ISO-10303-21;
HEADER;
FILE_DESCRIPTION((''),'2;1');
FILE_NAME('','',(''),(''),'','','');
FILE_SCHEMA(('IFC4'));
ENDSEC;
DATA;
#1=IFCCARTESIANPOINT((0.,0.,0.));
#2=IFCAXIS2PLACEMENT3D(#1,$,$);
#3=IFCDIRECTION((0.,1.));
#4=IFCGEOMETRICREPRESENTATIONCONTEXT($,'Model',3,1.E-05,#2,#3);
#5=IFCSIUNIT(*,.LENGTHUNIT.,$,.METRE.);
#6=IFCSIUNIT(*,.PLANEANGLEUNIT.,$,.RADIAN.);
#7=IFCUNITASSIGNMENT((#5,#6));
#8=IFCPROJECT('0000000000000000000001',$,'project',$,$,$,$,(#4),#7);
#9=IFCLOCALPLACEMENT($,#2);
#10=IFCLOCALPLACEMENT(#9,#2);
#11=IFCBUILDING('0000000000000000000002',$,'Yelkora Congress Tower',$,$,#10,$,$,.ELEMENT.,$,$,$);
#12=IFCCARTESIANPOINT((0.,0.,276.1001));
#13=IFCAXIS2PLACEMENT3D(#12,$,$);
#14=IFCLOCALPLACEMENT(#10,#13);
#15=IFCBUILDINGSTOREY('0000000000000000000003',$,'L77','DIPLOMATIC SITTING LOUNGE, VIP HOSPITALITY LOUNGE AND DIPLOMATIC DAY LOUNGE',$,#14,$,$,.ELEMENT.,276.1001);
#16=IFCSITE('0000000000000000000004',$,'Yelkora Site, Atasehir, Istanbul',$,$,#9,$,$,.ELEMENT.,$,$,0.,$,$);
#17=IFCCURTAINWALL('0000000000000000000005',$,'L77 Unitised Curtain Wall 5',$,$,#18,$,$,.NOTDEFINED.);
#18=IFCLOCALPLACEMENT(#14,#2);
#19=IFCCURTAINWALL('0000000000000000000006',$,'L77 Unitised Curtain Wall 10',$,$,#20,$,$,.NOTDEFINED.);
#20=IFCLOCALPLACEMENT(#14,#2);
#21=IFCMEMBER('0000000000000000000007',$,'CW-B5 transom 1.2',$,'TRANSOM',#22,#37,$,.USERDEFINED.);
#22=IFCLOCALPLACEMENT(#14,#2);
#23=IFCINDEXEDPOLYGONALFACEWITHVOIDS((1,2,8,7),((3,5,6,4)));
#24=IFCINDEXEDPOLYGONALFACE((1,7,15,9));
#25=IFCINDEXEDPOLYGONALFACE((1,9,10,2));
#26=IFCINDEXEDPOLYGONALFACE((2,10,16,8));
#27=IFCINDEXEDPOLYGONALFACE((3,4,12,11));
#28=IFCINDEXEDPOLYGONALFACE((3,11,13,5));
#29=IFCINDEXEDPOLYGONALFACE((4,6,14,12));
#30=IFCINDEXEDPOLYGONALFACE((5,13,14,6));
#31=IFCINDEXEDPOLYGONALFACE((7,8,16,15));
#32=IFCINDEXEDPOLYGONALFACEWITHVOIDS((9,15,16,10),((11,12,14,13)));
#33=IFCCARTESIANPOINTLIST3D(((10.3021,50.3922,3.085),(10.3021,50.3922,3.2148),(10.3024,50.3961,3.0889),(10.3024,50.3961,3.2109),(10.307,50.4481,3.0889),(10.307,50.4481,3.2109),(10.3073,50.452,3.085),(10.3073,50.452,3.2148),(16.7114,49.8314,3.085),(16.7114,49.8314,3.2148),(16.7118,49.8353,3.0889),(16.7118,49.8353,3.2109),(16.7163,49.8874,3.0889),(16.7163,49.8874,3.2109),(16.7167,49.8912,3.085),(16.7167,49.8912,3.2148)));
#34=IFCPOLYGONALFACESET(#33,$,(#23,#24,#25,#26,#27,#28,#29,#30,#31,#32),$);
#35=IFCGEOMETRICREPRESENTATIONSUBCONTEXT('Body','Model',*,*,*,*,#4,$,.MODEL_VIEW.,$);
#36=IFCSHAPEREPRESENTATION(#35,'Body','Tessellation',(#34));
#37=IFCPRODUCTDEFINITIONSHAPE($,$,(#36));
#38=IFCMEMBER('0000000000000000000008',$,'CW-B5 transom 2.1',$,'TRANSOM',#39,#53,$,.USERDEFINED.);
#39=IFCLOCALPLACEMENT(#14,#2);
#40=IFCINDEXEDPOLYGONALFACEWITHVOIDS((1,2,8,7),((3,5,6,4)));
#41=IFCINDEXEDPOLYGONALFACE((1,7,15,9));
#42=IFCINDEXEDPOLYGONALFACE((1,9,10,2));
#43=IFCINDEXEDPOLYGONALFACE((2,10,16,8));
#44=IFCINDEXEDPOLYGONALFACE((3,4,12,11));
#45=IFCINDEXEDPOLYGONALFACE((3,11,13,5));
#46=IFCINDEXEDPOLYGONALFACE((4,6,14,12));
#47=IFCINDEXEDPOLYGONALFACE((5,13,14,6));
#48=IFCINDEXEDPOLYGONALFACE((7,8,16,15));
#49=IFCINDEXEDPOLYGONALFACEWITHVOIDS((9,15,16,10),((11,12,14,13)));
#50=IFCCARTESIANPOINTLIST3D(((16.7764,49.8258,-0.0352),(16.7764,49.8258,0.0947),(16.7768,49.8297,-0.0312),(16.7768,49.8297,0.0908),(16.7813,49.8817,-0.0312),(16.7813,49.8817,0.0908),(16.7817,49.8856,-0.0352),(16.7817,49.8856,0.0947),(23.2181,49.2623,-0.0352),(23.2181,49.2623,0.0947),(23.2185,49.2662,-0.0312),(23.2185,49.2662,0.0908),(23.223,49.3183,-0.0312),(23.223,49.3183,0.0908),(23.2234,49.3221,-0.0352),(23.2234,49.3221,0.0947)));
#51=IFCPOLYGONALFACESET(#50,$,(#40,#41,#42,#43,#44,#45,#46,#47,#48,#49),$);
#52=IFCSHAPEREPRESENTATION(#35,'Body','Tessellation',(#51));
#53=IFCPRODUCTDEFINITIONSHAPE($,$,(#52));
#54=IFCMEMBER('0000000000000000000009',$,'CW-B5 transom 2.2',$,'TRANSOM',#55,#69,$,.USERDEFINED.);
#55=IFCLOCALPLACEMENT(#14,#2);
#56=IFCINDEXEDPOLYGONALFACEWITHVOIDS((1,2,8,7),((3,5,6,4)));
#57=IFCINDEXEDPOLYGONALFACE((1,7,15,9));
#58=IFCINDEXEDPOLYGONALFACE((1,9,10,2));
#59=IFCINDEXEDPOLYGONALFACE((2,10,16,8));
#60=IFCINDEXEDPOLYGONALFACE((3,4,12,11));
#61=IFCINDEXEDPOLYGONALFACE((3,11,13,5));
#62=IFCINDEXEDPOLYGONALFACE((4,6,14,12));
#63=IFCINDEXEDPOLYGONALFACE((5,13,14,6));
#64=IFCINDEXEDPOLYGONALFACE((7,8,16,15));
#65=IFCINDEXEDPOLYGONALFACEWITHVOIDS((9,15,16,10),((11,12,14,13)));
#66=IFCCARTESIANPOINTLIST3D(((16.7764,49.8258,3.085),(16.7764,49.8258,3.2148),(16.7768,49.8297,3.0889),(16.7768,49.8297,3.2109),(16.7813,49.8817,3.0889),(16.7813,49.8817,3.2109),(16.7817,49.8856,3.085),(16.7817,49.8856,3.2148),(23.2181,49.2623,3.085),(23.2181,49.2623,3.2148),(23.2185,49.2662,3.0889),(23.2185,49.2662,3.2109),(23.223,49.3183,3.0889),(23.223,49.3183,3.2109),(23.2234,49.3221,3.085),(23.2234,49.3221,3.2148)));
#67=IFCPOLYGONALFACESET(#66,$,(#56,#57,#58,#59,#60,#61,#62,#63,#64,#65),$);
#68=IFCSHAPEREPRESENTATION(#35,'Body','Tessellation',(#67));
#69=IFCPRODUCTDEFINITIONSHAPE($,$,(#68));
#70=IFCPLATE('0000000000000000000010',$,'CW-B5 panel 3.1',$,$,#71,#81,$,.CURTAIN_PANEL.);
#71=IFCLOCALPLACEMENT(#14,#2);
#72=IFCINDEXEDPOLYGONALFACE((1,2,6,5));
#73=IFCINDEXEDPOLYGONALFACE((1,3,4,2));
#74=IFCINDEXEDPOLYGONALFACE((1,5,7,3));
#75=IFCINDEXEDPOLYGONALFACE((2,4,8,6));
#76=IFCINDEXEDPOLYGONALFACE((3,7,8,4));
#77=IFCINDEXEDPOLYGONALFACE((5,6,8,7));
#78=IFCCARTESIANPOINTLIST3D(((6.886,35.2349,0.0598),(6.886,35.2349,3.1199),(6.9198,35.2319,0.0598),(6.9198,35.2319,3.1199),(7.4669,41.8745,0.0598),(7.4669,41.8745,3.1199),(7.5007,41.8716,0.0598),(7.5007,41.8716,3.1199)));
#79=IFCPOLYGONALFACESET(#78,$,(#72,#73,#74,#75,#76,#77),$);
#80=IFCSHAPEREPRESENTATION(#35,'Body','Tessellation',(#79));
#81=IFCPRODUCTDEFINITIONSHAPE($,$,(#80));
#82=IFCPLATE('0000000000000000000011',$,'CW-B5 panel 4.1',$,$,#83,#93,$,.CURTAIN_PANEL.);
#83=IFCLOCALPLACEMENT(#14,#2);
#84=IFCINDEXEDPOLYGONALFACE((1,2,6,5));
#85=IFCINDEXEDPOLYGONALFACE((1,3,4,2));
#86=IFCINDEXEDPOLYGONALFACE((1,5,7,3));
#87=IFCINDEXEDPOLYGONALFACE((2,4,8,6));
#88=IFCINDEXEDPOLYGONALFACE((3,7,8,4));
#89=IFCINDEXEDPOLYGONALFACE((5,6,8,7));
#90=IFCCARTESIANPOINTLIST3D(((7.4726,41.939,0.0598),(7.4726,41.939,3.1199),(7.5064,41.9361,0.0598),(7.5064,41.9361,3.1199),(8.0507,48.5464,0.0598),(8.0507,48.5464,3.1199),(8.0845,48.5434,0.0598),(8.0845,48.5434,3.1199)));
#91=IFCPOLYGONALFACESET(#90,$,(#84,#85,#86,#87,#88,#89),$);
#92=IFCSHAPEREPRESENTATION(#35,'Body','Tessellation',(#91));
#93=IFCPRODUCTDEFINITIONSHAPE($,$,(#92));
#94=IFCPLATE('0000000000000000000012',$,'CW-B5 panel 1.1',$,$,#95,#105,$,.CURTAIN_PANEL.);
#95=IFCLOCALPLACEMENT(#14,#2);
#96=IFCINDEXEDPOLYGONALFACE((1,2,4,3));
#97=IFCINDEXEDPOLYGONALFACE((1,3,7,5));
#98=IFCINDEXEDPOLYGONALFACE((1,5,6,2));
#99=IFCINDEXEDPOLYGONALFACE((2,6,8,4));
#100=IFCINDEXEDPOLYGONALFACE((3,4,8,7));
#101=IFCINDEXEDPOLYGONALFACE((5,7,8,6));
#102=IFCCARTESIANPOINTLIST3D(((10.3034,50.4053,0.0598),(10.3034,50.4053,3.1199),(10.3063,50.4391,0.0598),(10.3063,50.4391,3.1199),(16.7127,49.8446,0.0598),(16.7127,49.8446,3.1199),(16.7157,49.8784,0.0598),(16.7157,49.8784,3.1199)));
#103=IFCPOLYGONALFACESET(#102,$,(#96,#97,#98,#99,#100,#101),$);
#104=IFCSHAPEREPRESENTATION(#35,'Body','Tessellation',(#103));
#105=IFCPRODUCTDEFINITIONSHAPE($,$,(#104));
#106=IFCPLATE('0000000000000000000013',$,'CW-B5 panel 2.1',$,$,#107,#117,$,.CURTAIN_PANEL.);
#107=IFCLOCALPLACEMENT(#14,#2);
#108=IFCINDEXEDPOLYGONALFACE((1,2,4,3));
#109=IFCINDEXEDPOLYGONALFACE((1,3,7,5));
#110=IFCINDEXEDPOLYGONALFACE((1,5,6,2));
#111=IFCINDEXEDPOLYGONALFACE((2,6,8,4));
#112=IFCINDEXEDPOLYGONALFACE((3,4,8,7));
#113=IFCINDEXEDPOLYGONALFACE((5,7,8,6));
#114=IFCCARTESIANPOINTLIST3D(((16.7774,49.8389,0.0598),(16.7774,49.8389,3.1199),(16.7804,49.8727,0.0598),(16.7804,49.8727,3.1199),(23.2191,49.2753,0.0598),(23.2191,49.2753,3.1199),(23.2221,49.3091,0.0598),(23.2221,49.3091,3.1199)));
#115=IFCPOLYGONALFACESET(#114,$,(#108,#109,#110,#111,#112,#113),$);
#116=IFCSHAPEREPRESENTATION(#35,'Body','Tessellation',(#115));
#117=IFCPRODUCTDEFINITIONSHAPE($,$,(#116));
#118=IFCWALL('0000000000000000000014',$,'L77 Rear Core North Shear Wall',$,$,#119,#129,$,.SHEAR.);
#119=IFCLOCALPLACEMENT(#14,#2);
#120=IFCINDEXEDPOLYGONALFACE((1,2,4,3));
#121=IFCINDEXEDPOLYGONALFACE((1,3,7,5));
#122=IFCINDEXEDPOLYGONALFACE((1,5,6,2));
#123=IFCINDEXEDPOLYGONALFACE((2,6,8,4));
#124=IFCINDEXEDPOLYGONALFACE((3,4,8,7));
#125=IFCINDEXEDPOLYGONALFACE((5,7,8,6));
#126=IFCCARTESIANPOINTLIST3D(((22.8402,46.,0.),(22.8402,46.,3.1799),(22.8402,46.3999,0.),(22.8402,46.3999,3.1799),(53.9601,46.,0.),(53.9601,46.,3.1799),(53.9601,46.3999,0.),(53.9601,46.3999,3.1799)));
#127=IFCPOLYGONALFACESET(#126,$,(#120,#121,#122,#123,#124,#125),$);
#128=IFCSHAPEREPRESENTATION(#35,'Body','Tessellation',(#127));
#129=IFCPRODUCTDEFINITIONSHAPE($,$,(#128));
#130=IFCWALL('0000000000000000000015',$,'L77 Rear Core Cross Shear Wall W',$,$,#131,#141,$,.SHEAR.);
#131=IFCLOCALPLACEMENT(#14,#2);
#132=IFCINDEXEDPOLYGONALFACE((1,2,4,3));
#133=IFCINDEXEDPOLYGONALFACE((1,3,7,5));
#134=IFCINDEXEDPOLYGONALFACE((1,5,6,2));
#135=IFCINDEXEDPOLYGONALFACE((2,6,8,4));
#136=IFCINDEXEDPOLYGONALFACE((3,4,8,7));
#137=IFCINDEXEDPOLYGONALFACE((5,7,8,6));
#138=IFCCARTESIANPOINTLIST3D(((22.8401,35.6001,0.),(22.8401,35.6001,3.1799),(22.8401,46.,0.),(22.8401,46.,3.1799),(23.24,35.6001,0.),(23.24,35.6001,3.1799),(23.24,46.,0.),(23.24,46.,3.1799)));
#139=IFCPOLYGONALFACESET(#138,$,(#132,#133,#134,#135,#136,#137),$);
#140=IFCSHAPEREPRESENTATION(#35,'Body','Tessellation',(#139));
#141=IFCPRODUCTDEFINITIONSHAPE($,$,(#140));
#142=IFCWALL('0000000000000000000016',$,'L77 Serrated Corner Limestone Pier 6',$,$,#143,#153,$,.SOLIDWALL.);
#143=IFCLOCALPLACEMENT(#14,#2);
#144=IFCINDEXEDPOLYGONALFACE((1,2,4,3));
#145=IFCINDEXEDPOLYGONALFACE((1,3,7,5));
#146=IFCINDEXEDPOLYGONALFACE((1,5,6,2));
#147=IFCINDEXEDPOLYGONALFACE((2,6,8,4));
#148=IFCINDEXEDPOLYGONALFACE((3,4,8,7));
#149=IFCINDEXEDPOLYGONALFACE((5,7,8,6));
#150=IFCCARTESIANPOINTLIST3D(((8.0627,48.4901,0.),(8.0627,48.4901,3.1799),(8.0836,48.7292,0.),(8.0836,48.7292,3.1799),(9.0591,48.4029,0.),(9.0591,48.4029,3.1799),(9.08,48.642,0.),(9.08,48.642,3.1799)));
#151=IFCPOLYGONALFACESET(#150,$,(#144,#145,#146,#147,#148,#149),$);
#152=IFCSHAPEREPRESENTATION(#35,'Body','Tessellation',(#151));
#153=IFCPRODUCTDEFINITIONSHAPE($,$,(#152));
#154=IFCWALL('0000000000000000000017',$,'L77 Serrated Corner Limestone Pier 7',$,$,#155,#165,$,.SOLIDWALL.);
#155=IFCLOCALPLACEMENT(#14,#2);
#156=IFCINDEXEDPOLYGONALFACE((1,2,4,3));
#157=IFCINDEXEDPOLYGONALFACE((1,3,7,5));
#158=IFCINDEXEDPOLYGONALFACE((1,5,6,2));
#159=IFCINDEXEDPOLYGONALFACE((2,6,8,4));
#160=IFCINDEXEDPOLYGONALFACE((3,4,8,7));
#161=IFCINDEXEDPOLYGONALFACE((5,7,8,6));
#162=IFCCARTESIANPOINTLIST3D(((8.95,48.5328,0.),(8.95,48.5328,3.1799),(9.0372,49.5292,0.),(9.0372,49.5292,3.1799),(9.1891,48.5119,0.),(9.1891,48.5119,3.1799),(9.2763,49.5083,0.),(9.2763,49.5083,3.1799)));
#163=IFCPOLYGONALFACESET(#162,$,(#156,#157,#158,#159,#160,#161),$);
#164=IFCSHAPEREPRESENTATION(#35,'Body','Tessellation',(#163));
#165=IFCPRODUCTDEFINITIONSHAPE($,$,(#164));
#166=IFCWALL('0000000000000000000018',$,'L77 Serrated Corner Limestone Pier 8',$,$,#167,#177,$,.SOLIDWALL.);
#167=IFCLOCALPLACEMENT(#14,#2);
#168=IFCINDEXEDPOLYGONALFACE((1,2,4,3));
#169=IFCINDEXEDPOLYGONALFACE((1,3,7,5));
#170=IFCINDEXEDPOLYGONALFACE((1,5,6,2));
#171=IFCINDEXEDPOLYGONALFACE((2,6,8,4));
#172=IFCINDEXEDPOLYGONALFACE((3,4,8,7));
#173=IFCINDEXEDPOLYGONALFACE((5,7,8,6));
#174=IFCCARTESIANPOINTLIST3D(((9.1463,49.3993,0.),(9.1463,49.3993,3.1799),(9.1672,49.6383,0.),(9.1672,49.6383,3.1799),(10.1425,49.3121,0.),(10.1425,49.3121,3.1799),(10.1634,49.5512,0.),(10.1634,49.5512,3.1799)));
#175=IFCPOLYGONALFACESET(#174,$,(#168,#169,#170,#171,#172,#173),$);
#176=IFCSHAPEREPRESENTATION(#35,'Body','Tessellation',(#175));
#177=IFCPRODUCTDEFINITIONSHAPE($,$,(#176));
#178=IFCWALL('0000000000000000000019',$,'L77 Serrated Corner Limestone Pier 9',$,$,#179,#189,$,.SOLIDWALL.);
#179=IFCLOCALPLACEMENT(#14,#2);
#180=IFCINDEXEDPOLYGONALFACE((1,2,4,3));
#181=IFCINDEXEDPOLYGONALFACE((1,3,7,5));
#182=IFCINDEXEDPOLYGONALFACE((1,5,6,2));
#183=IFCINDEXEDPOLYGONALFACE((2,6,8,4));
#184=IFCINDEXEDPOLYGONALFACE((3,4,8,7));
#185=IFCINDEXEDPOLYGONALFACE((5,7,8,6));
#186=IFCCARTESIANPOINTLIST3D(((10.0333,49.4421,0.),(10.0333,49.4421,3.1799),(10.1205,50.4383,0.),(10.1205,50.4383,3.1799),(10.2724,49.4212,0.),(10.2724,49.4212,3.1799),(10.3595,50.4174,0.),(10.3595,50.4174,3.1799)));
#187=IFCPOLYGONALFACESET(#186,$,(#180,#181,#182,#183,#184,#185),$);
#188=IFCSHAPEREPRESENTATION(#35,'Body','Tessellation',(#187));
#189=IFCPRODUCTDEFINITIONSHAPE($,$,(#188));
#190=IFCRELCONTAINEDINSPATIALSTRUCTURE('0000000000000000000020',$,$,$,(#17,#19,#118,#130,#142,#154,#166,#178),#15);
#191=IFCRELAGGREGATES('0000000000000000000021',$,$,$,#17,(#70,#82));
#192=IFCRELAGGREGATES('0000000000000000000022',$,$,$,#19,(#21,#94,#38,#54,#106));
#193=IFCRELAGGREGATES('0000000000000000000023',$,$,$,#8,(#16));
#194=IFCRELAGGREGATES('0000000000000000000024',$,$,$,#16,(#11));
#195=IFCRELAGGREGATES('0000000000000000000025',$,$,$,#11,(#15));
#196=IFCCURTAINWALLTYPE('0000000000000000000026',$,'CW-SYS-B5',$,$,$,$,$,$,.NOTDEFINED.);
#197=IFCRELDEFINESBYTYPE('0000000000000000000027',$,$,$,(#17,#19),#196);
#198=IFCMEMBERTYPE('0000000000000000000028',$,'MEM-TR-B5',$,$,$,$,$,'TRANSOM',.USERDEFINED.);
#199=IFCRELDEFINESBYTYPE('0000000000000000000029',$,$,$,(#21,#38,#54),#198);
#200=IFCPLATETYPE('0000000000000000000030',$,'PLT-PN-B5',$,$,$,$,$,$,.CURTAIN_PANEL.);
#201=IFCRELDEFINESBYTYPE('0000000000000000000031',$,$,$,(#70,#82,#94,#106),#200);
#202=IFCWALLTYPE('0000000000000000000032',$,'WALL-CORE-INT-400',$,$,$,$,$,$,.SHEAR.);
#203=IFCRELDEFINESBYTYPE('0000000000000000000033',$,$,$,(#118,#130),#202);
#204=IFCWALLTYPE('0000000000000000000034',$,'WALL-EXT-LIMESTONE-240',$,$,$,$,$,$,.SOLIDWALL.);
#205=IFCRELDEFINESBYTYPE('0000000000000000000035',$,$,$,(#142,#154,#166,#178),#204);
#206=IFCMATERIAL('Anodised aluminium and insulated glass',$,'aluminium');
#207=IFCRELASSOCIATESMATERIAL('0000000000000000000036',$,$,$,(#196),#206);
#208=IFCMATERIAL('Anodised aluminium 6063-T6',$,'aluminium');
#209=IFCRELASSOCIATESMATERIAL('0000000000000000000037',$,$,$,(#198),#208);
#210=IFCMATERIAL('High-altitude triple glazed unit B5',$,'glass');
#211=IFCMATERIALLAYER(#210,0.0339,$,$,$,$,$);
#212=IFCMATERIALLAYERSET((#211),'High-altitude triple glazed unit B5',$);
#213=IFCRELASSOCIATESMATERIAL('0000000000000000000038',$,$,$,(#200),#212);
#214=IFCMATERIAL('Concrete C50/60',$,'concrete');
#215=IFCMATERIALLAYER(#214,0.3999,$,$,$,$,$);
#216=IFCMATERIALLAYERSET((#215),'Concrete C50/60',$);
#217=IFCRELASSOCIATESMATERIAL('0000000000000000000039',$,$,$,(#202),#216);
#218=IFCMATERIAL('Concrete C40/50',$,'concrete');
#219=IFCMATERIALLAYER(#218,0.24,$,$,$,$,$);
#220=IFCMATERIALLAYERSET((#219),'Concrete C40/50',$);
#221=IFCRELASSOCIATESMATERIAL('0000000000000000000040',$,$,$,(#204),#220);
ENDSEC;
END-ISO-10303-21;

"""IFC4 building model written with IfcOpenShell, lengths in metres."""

from ifc_helpers import new_model, si_unit, direction, frame, frame_2d, origin, origin_2d, place, context, subcontext, project, spatial, rectangle, hollow_rectangle, extrude, material, layer, layer_set, material_profile, profile_set, type_object, element, aggregate, save


model = new_model("IFC4")

# Units and contexts
model_context = context("Model", 3, precision=1e-05, world=origin(), true_north=direction((0.0, 1.0)))
body_context = subcontext(model_context, "Body", "Model", "MODEL_VIEW")
ifc_project = project(units=[si_unit("LENGTHUNIT", "METRE"), si_unit("PLANEANGLEUNIT", "RADIAN")], contexts=[model_context])

# Site, building, storey
site_placement = place(None, origin())
site = spatial("IfcSite", under=ifc_project, at=site_placement, Name="Yelkora Site, Atasehir, Istanbul", CompositionType="ELEMENT", RefElevation=0.0)
building_placement = place(site_placement, origin())
building = spatial("IfcBuilding", under=site, at=building_placement, Name="Yelkora Congress Tower", CompositionType="ELEMENT")
storey_placement = place(building_placement, frame((0.0, 0.0, 276.1001)))
storey = spatial("IfcBuildingStorey", under=building, at=storey_placement, Name="L77", Description="DIPLOMATIC SITTING LOUNGE, VIP HOSPITALITY LOUNGE AND DIPLOMATIC DAY LOUNGE", CompositionType="ELEMENT", Elevation=276.1001)

# Curtain walls
ifc_material_1 = material(Name="Anodised aluminium and insulated glass", Category="aluminium")
curtain_wall_type = type_object("IfcCurtainWallType", Name="CW-SYS-B5", PredefinedType="NOTDEFINED", material=ifc_material_1)
curtain_wall_1_placement = place(storey_placement, origin())
curtain_wall_1 = element("IfcCurtainWall", 1, at=curtain_wall_1_placement, inside=storey, type_object=curtain_wall_type, Name="L77 Unitised Curtain Wall 5", PredefinedType="NOTDEFINED")
ifc_material_2 = material(Name="Anodised aluminium 6063-T6", Category="aluminium")
curtain_wall_2_placement = place(storey_placement, origin())
curtain_wall_2 = element("IfcCurtainWall", 2, at=curtain_wall_2_placement, inside=storey, type_object=curtain_wall_type, Name="L77 Unitised Curtain Wall 10", PredefinedType="NOTDEFINED")

# Members
ifc_material_profile_1 = material_profile(ifc_material_2, hollow_rectangle(XDim=0.0601, YDim=0.1299, WallThickness=0.0039, at=origin_2d()), Name="ALU 60x130x4")
ifc_profile_set_1 = profile_set([ifc_material_profile_1], Name="Anodised aluminium 6063-T6")
member_type_1 = type_object("IfcMemberType", Name="MEM-TR-B5", ElementType="TRANSOM", PredefinedType="USERDEFINED", material=ifc_profile_set_1)
member_1_placement = place(storey_placement, frame((10.3047, 50.4221, 3.1499), z_axis=(0.996194, -0.087162, 0.0), x_axis=(0.087162, 0.996194, 0.0)))
member_1 = element("IfcMember", 3, at=member_1_placement, type_object=member_type_1, Name="CW-B5 transom 1.2", ObjectType="TRANSOM", PredefinedType="USERDEFINED", context=body_context, shape_type="SweptSolid", body=[
    extrude(hollow_rectangle(XDim=0.0601, YDim=0.1299, WallThickness=0.0039, at=origin_2d()), origin(), (0.0, 0.0, 1.0), 6.4338),
])
member_2_placement = place(storey_placement, frame((16.7791, 49.8557, 0.0298), z_axis=(0.996196, -0.087141, 0.0), x_axis=(0.087141, 0.996196, 0.0)))
member_2 = element("IfcMember", 4, at=member_2_placement, type_object=member_type_1, Name="CW-B5 transom 2.1", ObjectType="TRANSOM", PredefinedType="USERDEFINED", context=body_context, shape_type="SweptSolid", body=[
    extrude(hollow_rectangle(XDim=0.0601, YDim=0.1299, WallThickness=0.0039, at=origin_2d()), origin(), (0.0, 0.0, 1.0), 6.4663),
])
member_3_placement = place(storey_placement, frame((16.7791, 49.8557, 3.1499), z_axis=(0.996196, -0.087141, 0.0), x_axis=(0.087141, 0.996196, 0.0)))
member_3 = element("IfcMember", 5, at=member_3_placement, type_object=member_type_1, Name="CW-B5 transom 2.2", ObjectType="TRANSOM", PredefinedType="USERDEFINED", context=body_context, shape_type="SweptSolid", body=[
    extrude(hollow_rectangle(XDim=0.0601, YDim=0.1299, WallThickness=0.0039, at=origin_2d()), origin(), (0.0, 0.0, 1.0), 6.4663),
])

# Plates
ifc_material_3 = material(Name="High-altitude triple glazed unit B5", Category="glass")
ifc_layer_1 = layer(ifc_material_3, 0.0339)
ifc_layer_set_1 = layer_set([ifc_layer_1], Name="High-altitude triple glazed unit B5")
plate_type = type_object("IfcPlateType", Name="PLT-PN-B5", PredefinedType="CURTAIN_PANEL", material=ifc_layer_set_1)
plate_1_placement = place(storey_placement, frame((7.1934, 38.5532, 0.0598), z_axis=(0.0, 0.0, 1.0), x_axis=(0.087155, 0.996195, 0.0)))
plate_1 = element("IfcPlate", 6, at=plate_1_placement, type_object=plate_type, Name="CW-B5 panel 3.1", PredefinedType="CURTAIN_PANEL", context=body_context, shape_type="SweptSolid", body=[
    extrude(rectangle(XDim=6.665, YDim=0.0339, at=origin_2d()), origin(), (0.0, 0.0, 1.0), 3.0601),
])
plate_2_placement = place(storey_placement, frame((7.7786, 45.2412, 0.0598), z_axis=(0.0, 0.0, 1.0), x_axis=(0.087155, 0.996195, 0.0)))
plate_2 = element("IfcPlate", 7, at=plate_2_placement, type_object=plate_type, Name="CW-B5 panel 4.1", PredefinedType="CURTAIN_PANEL", context=body_context, shape_type="SweptSolid", body=[
    extrude(rectangle(XDim=6.6326, YDim=0.0339, at=origin_2d()), origin(), (0.0, 0.0, 1.0), 3.0601),
])
aggregate(curtain_wall_1, [plate_1, plate_2])
plate_3_placement = place(storey_placement, frame((13.5095, 50.1418, 0.0598), z_axis=(0.0, 0.0, 1.0), x_axis=(0.996195, -0.087157, 0.0)))
plate_3 = element("IfcPlate", 8, at=plate_3_placement, type_object=plate_type, Name="CW-B5 panel 1.1", PredefinedType="CURTAIN_PANEL", context=body_context, shape_type="SweptSolid", body=[
    extrude(rectangle(XDim=6.4338, YDim=0.0339, at=origin_2d()), origin(), (0.0, 0.0, 1.0), 3.0601),
])
plate_4_placement = place(storey_placement, frame((19.9998, 49.574, 0.0598), z_axis=(0.0, 0.0, 1.0), x_axis=(0.996195, -0.087157, 0.0)))
plate_4 = element("IfcPlate", 9, at=plate_4_placement, type_object=plate_type, Name="CW-B5 panel 2.1", PredefinedType="CURTAIN_PANEL", context=body_context, shape_type="SweptSolid", body=[
    extrude(rectangle(XDim=6.4663, YDim=0.0339, at=origin_2d()), origin(), (0.0, 0.0, 1.0), 3.0601),
])
aggregate(curtain_wall_2, [member_1, plate_3, member_2, member_3, plate_4])

# Walls
ifc_material_4 = material(Name="Concrete C50/60", Category="concrete")
ifc_layer_2 = layer(ifc_material_4, 0.3999)
ifc_layer_set_2 = layer_set([ifc_layer_2], Name="Concrete C50/60")
wall_type_1 = type_object("IfcWallType", Name="WALL-CORE-INT-400", PredefinedType="SHEAR", material=ifc_layer_set_2)
wall_1_placement = place(storey_placement, frame((22.8401, 46.2, 0.0), z_axis=(0.0, 0.0, 1.0), x_axis=(1.0, 0.0, 0.0)))
element("IfcWall", 10, at=wall_1_placement, inside=storey, type_object=wall_type_1, Name="L77 Rear Core North Shear Wall", PredefinedType="SHEAR", context=body_context, shape_type="SweptSolid", body=[
    extrude(rectangle(XDim=31.1199, YDim=0.3999, at=frame_2d((15.5601, 0.0))), origin(), (0.0, 0.0, 1.0), 3.1799),
])
wall_2_placement = place(storey_placement, frame((23.04, 35.6001, 0.0), z_axis=(0.0, 0.0, 1.0), x_axis=(0.0, 1.0, 0.0)))
element("IfcWall", 11, at=wall_2_placement, inside=storey, type_object=wall_type_1, Name="L77 Rear Core Cross Shear Wall W", PredefinedType="SHEAR", context=body_context, shape_type="SweptSolid", body=[
    extrude(rectangle(XDim=10.3999, YDim=0.3999, at=frame_2d((5.2, 0.0))), origin(), (0.0, 0.0, 1.0), 3.1799),
])
ifc_material_5 = material(Name="Concrete C40/50", Category="concrete")
ifc_layer_3 = layer(ifc_material_5, 0.24)
ifc_layer_set_3 = layer_set([ifc_layer_3], Name="Concrete C40/50")
wall_type_2 = type_object("IfcWallType", Name="WALL-EXT-LIMESTONE-240", PredefinedType="SOLIDWALL", material=ifc_layer_set_3)
for number, where, z_axis, x_axis, name in (
    (12, (8.0732, 48.6096, 0.0), (0.0, 0.0, 1.0), (0.996196, -0.087146, 0.0), "L77 Serrated Corner Limestone Pier 6"),
    (13, (9.0696, 48.5225, 0.0), (0.0, 0.0, 1.0), (0.087146, 0.996196, 0.0), "L77 Serrated Corner Limestone Pier 7"),
):
    element("IfcWall", number, at=place(storey_placement, frame(where, z_axis=z_axis, x_axis=x_axis)), inside=storey, type_object=wall_type_2, Name=name, PredefinedType="SOLIDWALL", context=body_context, shape_type="SweptSolid", body=[
        extrude(rectangle(XDim=1.0002, YDim=0.24, at=frame_2d((0.5, 0.0))), origin(), (0.0, 0.0, 1.0), 3.1799),
    ])
for number, where, z_axis, x_axis, name in (
    (14, (9.1567, 49.5188, 0.0), (0.0, 0.0, 1.0), (0.996194, -0.087167, 0.0), "L77 Serrated Corner Limestone Pier 8"),
    (15, (10.1528, 49.4316, 0.0), (0.0, 0.0, 1.0), (0.087167, 0.996194, 0.0), "L77 Serrated Corner Limestone Pier 9"),
):
    element("IfcWall", number, at=place(storey_placement, frame(where, z_axis=z_axis, x_axis=x_axis)), inside=storey, type_object=wall_type_2, Name=name, PredefinedType="SOLIDWALL", context=body_context, shape_type="SweptSolid", body=[
        extrude(rectangle(XDim=1.0, YDim=0.24, at=frame_2d((0.5, 0.0))), origin(), (0.0, 0.0, 1.0), 3.1799),
    ])

save(model, "model.ifc")
